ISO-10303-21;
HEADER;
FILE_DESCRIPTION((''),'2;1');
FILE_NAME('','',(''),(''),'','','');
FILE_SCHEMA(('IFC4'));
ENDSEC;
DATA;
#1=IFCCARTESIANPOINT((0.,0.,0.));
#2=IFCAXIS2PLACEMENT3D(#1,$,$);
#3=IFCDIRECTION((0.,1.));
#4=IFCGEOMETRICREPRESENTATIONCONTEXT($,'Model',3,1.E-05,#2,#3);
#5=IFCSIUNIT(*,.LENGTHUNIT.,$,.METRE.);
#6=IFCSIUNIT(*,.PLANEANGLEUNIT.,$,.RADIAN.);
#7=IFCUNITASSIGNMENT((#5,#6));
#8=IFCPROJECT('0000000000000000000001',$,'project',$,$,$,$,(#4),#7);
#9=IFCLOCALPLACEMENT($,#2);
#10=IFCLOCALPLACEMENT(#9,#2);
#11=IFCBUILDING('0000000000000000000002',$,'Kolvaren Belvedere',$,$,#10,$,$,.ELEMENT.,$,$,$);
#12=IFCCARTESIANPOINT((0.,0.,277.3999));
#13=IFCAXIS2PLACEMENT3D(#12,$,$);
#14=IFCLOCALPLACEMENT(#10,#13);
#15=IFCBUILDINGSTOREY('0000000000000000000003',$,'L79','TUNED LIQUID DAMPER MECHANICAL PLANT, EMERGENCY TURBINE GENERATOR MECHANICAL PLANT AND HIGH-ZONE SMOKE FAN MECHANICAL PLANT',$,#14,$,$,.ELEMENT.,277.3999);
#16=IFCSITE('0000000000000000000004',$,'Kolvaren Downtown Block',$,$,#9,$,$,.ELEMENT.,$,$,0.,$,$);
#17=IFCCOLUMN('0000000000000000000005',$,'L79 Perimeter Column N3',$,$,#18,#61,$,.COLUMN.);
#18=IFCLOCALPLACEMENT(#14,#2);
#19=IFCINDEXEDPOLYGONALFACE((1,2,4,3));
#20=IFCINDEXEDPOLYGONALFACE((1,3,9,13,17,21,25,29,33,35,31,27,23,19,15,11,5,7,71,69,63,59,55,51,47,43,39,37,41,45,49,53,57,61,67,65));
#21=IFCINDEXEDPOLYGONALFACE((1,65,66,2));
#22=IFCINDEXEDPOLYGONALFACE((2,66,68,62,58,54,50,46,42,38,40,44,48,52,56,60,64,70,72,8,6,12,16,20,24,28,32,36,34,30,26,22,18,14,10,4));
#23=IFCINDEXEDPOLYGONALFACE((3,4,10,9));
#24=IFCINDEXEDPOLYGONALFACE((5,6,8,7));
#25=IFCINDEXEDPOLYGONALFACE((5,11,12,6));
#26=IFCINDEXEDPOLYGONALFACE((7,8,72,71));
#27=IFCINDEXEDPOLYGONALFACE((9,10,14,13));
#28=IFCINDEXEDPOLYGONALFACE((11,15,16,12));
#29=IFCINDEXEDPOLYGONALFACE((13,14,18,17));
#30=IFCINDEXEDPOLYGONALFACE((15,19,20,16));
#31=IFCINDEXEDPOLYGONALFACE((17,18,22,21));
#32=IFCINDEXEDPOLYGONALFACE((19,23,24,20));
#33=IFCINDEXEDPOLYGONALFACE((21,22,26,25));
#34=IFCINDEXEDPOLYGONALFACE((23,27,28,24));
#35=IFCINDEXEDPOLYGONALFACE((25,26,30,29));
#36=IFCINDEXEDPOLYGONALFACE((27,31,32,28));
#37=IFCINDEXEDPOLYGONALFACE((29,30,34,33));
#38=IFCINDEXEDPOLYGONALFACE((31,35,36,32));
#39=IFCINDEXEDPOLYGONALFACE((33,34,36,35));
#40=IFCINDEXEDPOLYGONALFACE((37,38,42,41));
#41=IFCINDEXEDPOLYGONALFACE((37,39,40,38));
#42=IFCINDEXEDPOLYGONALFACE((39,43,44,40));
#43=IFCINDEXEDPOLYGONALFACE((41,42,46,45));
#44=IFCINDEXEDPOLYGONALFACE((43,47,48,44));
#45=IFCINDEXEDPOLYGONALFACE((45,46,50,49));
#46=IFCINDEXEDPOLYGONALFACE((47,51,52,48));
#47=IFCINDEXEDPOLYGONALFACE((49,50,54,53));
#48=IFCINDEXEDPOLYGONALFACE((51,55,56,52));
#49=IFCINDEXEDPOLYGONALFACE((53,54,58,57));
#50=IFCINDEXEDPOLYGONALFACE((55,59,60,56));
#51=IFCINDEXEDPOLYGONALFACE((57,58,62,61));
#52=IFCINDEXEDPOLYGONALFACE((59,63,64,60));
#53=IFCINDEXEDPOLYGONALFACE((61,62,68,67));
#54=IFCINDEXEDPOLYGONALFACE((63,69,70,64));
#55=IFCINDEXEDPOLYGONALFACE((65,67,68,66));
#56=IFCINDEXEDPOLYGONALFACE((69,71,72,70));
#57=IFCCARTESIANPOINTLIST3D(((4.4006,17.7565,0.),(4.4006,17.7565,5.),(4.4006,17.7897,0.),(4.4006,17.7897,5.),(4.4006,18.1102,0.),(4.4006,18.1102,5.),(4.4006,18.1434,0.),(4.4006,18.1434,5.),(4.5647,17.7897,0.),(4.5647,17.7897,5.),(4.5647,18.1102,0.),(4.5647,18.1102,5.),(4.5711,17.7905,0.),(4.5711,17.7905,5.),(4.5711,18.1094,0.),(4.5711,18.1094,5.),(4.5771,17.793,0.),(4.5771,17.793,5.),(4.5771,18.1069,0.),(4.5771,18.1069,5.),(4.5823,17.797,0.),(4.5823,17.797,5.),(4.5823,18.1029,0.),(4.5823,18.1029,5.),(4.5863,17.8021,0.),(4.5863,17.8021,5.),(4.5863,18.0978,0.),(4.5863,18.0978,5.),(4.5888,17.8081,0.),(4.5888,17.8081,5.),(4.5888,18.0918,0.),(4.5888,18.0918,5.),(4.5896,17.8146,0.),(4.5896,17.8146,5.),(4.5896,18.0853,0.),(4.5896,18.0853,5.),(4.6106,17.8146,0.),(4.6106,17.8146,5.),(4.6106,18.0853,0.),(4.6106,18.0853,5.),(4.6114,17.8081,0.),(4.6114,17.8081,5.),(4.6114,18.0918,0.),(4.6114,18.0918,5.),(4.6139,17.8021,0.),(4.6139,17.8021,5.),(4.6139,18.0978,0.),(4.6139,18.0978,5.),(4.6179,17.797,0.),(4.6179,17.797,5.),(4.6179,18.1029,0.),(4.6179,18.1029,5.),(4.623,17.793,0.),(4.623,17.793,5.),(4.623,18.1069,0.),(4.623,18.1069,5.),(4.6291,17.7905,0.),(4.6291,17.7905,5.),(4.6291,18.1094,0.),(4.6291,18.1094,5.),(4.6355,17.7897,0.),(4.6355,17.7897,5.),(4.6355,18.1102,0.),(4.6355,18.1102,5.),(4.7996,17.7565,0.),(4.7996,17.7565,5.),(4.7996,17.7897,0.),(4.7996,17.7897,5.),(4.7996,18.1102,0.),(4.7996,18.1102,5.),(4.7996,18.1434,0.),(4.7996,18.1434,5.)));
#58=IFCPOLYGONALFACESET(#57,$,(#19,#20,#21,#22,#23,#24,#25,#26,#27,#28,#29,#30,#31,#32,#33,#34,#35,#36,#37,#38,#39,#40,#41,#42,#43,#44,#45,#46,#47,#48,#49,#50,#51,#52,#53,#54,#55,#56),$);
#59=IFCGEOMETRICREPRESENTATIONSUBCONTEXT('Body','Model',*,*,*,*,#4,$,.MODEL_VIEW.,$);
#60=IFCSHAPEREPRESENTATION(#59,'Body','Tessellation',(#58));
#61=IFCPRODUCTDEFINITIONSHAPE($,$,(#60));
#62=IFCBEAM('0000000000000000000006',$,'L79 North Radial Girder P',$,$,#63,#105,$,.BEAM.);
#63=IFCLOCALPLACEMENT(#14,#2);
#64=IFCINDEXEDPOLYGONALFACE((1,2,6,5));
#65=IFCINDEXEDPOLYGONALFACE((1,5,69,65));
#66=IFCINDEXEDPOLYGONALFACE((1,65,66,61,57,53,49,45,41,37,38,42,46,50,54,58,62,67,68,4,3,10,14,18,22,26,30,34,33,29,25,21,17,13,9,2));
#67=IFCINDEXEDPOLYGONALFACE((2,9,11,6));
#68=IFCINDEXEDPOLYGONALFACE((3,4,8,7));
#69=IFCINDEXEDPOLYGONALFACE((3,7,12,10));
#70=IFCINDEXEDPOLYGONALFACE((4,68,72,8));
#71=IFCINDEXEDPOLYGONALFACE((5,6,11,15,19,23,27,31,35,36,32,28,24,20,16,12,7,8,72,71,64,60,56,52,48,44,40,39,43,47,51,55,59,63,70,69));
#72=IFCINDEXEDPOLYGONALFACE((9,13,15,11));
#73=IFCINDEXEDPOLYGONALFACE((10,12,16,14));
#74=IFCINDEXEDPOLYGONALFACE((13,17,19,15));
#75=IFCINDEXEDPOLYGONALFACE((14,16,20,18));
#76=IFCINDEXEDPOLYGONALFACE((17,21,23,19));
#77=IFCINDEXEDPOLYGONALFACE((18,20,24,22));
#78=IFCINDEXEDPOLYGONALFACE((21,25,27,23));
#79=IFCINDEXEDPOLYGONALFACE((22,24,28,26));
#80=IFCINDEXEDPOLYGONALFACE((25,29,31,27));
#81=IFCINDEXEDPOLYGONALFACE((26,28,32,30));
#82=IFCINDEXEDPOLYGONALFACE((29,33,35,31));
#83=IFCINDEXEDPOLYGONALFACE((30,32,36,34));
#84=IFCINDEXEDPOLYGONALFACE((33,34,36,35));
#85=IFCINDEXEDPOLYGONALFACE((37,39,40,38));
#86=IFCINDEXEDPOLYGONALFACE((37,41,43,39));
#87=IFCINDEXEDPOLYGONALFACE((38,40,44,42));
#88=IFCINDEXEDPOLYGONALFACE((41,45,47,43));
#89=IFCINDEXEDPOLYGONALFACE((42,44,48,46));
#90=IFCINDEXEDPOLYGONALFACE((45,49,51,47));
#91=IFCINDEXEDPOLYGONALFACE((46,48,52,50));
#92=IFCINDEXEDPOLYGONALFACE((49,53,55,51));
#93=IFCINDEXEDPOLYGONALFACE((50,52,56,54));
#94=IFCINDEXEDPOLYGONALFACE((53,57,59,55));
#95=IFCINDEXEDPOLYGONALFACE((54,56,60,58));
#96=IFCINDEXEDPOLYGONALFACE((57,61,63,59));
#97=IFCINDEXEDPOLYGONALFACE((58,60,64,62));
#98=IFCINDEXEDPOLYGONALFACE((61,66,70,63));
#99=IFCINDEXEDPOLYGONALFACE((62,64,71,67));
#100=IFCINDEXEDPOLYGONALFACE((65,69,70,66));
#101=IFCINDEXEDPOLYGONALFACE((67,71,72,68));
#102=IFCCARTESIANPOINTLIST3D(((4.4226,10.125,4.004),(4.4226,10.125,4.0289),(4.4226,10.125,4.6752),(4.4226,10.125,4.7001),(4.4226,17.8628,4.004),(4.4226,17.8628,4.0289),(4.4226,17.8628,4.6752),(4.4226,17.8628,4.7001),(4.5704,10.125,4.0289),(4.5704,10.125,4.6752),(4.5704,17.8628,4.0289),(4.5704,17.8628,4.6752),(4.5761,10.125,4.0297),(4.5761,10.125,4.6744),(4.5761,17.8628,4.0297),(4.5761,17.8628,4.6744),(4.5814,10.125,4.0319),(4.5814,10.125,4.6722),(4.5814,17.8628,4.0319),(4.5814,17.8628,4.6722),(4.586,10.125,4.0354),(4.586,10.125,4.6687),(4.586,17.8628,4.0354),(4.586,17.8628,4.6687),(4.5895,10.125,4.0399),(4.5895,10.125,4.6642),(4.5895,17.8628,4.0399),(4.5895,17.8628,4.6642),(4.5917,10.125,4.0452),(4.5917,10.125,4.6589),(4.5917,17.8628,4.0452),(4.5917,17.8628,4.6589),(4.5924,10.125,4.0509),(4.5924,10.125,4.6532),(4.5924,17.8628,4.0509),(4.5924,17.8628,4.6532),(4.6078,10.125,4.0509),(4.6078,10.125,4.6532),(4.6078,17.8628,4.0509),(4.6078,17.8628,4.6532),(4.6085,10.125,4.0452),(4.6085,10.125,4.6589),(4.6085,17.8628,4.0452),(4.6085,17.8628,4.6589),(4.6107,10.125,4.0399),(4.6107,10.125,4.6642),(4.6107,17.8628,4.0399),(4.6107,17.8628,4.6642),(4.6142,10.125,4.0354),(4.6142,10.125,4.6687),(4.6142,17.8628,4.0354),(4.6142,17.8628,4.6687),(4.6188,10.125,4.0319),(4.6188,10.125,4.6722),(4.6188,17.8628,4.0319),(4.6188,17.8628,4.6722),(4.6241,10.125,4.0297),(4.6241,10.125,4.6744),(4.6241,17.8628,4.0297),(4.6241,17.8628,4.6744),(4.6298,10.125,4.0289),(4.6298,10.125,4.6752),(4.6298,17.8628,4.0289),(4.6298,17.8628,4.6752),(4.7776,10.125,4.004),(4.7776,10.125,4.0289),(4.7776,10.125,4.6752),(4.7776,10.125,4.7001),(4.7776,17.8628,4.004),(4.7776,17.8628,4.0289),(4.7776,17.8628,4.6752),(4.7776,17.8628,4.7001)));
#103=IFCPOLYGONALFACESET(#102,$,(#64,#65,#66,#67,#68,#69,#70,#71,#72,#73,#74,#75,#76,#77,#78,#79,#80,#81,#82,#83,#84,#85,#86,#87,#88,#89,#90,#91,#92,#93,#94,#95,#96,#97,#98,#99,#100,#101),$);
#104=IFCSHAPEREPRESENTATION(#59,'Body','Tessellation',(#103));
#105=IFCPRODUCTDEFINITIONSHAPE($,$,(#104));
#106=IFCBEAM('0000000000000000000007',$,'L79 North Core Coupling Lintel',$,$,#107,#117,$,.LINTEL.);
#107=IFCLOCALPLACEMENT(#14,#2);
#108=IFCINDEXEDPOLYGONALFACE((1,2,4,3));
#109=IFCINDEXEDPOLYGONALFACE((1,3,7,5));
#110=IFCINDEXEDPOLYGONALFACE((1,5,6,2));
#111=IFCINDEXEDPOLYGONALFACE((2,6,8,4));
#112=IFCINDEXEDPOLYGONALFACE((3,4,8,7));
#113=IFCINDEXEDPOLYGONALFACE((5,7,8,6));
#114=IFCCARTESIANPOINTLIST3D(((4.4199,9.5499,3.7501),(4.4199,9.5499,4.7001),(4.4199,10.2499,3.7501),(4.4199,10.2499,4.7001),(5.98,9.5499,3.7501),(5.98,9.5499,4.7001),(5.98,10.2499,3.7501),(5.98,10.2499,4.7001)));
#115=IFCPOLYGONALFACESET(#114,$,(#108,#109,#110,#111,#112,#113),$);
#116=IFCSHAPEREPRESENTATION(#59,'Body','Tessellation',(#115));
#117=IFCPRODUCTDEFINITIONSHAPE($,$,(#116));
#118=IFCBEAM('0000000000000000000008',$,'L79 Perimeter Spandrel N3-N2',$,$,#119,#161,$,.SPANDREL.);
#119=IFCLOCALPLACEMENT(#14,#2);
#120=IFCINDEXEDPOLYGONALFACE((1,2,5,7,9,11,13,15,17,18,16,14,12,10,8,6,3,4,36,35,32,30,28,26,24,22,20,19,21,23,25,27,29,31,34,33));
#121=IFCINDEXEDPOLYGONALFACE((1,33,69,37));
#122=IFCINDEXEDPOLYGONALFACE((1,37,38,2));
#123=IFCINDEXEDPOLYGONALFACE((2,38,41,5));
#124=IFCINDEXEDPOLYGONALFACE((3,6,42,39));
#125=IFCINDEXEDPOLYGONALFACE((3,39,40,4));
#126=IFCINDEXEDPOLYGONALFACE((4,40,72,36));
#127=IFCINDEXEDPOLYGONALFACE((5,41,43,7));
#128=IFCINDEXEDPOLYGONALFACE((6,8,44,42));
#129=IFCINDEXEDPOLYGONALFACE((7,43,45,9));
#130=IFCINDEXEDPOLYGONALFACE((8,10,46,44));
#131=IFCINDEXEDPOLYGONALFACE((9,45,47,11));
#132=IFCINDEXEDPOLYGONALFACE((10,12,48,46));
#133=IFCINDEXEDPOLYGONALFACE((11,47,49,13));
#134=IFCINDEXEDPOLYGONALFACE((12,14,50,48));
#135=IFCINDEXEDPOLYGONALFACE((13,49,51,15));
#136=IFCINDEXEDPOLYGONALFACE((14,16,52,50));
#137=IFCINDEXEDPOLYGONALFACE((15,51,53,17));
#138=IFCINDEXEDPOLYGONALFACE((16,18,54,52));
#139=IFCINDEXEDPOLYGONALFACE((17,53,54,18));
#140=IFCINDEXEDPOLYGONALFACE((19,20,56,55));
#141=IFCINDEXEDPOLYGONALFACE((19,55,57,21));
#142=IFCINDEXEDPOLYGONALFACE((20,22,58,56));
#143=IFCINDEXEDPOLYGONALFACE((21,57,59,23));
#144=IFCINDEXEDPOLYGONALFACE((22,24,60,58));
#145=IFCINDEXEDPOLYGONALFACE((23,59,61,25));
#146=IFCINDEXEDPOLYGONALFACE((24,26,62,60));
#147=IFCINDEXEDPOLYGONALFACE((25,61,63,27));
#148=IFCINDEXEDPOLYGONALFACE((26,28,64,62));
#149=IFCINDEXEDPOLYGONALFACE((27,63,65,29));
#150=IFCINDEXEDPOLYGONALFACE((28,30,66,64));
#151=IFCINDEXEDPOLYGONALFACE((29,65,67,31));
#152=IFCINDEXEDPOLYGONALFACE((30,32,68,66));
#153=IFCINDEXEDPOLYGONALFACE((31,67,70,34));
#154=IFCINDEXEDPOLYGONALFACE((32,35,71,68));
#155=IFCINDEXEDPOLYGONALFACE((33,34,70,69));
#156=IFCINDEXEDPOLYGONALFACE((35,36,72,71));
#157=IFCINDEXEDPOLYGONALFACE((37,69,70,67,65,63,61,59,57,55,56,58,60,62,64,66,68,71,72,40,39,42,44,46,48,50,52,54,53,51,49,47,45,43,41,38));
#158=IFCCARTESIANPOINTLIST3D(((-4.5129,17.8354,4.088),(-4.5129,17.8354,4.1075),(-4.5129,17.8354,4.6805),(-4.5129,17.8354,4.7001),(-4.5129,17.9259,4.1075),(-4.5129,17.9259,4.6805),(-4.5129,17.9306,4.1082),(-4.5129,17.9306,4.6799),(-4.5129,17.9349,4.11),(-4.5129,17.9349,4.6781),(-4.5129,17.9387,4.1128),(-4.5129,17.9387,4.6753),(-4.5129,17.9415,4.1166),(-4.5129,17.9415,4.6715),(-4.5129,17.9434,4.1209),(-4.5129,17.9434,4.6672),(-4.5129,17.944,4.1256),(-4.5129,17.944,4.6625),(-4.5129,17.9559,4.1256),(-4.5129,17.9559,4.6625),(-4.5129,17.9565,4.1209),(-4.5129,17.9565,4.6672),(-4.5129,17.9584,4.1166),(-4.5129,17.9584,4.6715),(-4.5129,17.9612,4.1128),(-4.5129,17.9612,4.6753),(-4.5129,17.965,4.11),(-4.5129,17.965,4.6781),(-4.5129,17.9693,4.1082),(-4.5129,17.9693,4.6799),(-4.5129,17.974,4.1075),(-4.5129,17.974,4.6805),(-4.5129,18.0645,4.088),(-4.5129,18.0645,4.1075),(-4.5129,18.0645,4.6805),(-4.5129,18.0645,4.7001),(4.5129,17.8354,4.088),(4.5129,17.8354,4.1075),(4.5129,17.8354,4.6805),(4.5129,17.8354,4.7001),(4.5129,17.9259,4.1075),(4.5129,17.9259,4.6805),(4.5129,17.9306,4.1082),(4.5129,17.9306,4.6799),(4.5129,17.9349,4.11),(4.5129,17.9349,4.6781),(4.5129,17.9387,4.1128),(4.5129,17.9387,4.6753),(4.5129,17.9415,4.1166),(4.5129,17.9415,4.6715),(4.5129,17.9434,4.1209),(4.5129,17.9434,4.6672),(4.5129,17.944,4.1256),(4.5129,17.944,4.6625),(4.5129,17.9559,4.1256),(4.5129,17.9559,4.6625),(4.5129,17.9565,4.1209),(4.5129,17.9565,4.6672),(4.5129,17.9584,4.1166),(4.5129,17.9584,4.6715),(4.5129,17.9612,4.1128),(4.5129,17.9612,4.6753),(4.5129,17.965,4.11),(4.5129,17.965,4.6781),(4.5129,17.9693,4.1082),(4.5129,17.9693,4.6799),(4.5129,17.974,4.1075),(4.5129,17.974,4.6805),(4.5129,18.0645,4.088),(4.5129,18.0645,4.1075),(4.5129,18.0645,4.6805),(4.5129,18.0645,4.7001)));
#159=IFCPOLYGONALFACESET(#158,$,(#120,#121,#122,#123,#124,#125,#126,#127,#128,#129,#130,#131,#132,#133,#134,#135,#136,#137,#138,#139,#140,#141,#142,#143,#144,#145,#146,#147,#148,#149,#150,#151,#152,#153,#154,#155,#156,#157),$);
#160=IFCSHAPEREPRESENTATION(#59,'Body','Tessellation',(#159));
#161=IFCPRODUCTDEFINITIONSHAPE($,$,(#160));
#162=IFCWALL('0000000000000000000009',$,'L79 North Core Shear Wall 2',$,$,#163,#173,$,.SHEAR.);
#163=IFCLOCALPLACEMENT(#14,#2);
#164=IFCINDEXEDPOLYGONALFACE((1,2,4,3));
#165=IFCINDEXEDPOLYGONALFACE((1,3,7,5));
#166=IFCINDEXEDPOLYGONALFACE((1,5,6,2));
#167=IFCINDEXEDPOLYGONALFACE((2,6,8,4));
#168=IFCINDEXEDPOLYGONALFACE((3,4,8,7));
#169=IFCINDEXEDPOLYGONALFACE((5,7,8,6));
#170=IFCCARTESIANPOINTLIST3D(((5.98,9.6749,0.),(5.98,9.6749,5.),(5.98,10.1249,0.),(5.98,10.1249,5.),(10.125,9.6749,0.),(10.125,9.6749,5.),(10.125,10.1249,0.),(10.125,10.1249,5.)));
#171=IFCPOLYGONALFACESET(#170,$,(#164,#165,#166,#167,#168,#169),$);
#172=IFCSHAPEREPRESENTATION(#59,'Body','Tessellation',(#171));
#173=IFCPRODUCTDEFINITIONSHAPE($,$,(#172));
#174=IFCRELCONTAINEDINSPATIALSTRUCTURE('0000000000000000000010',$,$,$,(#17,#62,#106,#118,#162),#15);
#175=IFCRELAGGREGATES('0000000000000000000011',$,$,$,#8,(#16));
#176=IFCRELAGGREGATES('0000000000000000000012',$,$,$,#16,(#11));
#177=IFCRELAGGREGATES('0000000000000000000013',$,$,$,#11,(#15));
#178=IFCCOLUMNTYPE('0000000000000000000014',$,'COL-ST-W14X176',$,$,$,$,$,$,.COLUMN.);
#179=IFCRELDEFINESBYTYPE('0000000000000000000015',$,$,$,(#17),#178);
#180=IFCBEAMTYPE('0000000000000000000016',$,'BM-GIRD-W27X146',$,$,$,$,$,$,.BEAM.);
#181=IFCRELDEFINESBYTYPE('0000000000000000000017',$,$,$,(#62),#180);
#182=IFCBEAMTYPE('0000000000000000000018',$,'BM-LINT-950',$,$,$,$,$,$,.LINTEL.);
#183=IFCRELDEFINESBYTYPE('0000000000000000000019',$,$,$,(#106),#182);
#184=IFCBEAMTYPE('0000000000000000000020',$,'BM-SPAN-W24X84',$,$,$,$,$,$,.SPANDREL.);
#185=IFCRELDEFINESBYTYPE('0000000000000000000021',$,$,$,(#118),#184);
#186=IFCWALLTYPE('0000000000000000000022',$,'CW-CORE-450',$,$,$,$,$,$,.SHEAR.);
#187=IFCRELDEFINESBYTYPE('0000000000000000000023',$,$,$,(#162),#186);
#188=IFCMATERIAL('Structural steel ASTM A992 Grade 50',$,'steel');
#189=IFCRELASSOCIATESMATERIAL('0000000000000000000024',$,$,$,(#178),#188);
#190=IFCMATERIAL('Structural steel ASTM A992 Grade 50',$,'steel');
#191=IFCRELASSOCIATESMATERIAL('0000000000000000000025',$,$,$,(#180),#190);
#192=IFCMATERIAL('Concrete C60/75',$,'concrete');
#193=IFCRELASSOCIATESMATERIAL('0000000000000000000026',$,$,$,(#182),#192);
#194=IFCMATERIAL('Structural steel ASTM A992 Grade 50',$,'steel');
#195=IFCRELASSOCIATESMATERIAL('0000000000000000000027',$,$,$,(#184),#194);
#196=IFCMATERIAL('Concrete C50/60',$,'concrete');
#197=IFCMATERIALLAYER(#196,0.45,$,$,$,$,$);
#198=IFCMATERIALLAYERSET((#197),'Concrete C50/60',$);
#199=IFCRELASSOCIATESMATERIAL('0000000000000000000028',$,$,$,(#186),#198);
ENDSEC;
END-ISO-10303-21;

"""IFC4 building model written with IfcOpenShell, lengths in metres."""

from ifc_helpers import new_model, si_unit, direction, frame, frame_2d, origin, origin_2d, place, context, subcontext, project, spatial, rectangle, i_section, extrude, material, layer, layer_set, material_profile, profile_set, type_object, element, save


model = new_model("IFC4")

# Units and contexts
model_context = context("Model", 3, precision=1e-05, world=origin(), true_north=direction((0.0, 1.0)))
body_context = subcontext(model_context, "Body", "Model", "MODEL_VIEW")
ifc_project = project(units=[si_unit("LENGTHUNIT", "METRE"), si_unit("PLANEANGLEUNIT", "RADIAN")], contexts=[model_context])

# Site, building, storey
site_placement = place(None, origin())
site = spatial("IfcSite", under=ifc_project, at=site_placement, Name="Kolvaren Downtown Block", CompositionType="ELEMENT", RefElevation=0.0)
building_placement = place(site_placement, origin())
building = spatial("IfcBuilding", under=site, at=building_placement, Name="Kolvaren Belvedere", CompositionType="ELEMENT")
storey_placement = place(building_placement, frame((0.0, 0.0, 277.3999)))
storey = spatial("IfcBuildingStorey", under=building, at=storey_placement, Name="L79", Description="TUNED LIQUID DAMPER MECHANICAL PLANT, EMERGENCY TURBINE GENERATOR MECHANICAL PLANT AND HIGH-ZONE SMOKE FAN MECHANICAL PLANT", CompositionType="ELEMENT", Elevation=277.3999)

# Column
ifc_material_1 = material(Name="Structural steel ASTM A992 Grade 50", Category="steel")
ifc_material_profile_1 = material_profile(ifc_material_1, i_section(OverallWidth=0.3989, OverallDepth=0.387, WebThickness=0.021, FlangeThickness=0.0332, FilletRadius=0.0249, at=origin_2d()), Name="W14X176")
ifc_profile_set_1 = profile_set([ifc_material_profile_1], Name="Structural steel ASTM A992 Grade 50")
column_type = type_object("IfcColumnType", Name="COL-ST-W14X176", PredefinedType="COLUMN", material=ifc_profile_set_1)
column_placement = place(storey_placement, frame((4.6001, 17.95, 0.0), z_axis=(0.0, 0.0, 1.0), x_axis=(1.0, 0.0, 0.0)))
element("IfcColumn", 1, at=column_placement, inside=storey, type_object=column_type, Name="L79 Perimeter Column N3", PredefinedType="COLUMN", context=body_context, shape_type="SweptSolid", body=[
    extrude(i_section(OverallWidth=0.3989, OverallDepth=0.387, WebThickness=0.021, FlangeThickness=0.0332, FilletRadius=0.0249, at=origin_2d()), origin(), (0.0, 0.0, 1.0), 5.0),
])

# Beams
ifc_material_2 = material(Name="Structural steel ASTM A992 Grade 50", Category="steel")
ifc_material_profile_2 = material_profile(ifc_material_2, i_section(OverallWidth=0.355, OverallDepth=0.696, WebThickness=0.0154, FlangeThickness=0.0249, FilletRadius=0.022, at=origin_2d()), Name="W27X146")
ifc_profile_set_2 = profile_set([ifc_material_profile_2], Name="Structural steel ASTM A992 Grade 50")
beam_type_1 = type_object("IfcBeamType", Name="BM-GIRD-W27X146", PredefinedType="BEAM", material=ifc_profile_set_2)
beam_1_placement = place(storey_placement, frame((4.6001, 10.125, 4.3521), z_axis=(0.0, 1.0, 0.0), x_axis=(-1.0, 0.0, 0.0)))
element("IfcBeam", 2, at=beam_1_placement, inside=storey, type_object=beam_type_1, Name="L79 North Radial Girder P", PredefinedType="BEAM", context=body_context, shape_type="SweptSolid", body=[
    extrude(i_section(OverallWidth=0.355, OverallDepth=0.696, WebThickness=0.0154, FlangeThickness=0.0249, FilletRadius=0.022, at=origin_2d()), origin(), (0.0, 0.0, 1.0), 7.7378),
])
ifc_material_3 = material(Name="Concrete C60/75", Category="concrete")
ifc_material_profile_3 = material_profile(ifc_material_3, rectangle(XDim=0.7, YDim=0.95, at=origin_2d()), Name="RC 700X950")
ifc_profile_set_3 = profile_set([ifc_material_profile_3], Name="Concrete C60/75")
beam_type_2 = type_object("IfcBeamType", Name="BM-LINT-950", PredefinedType="LINTEL", material=ifc_profile_set_3)
beam_2_placement = place(storey_placement, frame((4.4199, 9.8999, 4.2251), z_axis=(1.0, 0.0, 0.0), x_axis=(0.0, 1.0, 0.0)))
element("IfcBeam", 3, at=beam_2_placement, inside=storey, type_object=beam_type_2, Name="L79 North Core Coupling Lintel", PredefinedType="LINTEL", context=body_context, shape_type="SweptSolid", body=[
    extrude(rectangle(XDim=0.7, YDim=0.95, at=origin_2d()), origin(), (0.0, 0.0, 1.0), 1.5601),
])
ifc_material_4 = material(Name="Structural steel ASTM A992 Grade 50", Category="steel")
ifc_material_profile_4 = material_profile(ifc_material_4, i_section(OverallWidth=0.229, OverallDepth=0.6121, WebThickness=0.012, FlangeThickness=0.0195, FilletRadius=0.0181, at=origin_2d()), Name="W24X84")
ifc_profile_set_4 = profile_set([ifc_material_profile_4], Name="Structural steel ASTM A992 Grade 50")
beam_type_3 = type_object("IfcBeamType", Name="BM-SPAN-W24X84", PredefinedType="SPANDREL", material=ifc_profile_set_4)
beam_3_placement = place(storey_placement, frame((4.5129, 17.95, 4.394), z_axis=(-1.0, 0.0, 0.0), x_axis=(0.0, -1.0, 0.0)))
element("IfcBeam", 4, at=beam_3_placement, inside=storey, type_object=beam_type_3, Name="L79 Perimeter Spandrel N3-N2", PredefinedType="SPANDREL", context=body_context, shape_type="SweptSolid", body=[
    extrude(i_section(OverallWidth=0.229, OverallDepth=0.6121, WebThickness=0.012, FlangeThickness=0.0195, FilletRadius=0.0181, at=origin_2d()), origin(), (0.0, 0.0, 1.0), 9.0259),
])

# Wall
ifc_material_5 = material(Name="Concrete C50/60", Category="concrete")
ifc_layer_1 = layer(ifc_material_5, 0.45)
ifc_layer_set_1 = layer_set([ifc_layer_1], Name="Concrete C50/60")
wall_type_1 = type_object("IfcWallType", Name="CW-CORE-450", PredefinedType="SHEAR", material=ifc_layer_set_1)
wall_1_placement = place(storey_placement, frame((5.98, 9.8999, 0.0), z_axis=(0.0, 0.0, 1.0), x_axis=(1.0, 0.0, 0.0)))
element("IfcWall", 5, at=wall_1_placement, inside=storey, type_object=wall_type_1, Name="L79 North Core Shear Wall 2", PredefinedType="SHEAR", context=body_context, shape_type="SweptSolid", body=[
    extrude(rectangle(XDim=4.145, YDim=0.45, at=frame_2d((2.0725, 0.0))), origin(), (0.0, 0.0, 1.0), 5.0),
])

save(model, "model.ifc")
